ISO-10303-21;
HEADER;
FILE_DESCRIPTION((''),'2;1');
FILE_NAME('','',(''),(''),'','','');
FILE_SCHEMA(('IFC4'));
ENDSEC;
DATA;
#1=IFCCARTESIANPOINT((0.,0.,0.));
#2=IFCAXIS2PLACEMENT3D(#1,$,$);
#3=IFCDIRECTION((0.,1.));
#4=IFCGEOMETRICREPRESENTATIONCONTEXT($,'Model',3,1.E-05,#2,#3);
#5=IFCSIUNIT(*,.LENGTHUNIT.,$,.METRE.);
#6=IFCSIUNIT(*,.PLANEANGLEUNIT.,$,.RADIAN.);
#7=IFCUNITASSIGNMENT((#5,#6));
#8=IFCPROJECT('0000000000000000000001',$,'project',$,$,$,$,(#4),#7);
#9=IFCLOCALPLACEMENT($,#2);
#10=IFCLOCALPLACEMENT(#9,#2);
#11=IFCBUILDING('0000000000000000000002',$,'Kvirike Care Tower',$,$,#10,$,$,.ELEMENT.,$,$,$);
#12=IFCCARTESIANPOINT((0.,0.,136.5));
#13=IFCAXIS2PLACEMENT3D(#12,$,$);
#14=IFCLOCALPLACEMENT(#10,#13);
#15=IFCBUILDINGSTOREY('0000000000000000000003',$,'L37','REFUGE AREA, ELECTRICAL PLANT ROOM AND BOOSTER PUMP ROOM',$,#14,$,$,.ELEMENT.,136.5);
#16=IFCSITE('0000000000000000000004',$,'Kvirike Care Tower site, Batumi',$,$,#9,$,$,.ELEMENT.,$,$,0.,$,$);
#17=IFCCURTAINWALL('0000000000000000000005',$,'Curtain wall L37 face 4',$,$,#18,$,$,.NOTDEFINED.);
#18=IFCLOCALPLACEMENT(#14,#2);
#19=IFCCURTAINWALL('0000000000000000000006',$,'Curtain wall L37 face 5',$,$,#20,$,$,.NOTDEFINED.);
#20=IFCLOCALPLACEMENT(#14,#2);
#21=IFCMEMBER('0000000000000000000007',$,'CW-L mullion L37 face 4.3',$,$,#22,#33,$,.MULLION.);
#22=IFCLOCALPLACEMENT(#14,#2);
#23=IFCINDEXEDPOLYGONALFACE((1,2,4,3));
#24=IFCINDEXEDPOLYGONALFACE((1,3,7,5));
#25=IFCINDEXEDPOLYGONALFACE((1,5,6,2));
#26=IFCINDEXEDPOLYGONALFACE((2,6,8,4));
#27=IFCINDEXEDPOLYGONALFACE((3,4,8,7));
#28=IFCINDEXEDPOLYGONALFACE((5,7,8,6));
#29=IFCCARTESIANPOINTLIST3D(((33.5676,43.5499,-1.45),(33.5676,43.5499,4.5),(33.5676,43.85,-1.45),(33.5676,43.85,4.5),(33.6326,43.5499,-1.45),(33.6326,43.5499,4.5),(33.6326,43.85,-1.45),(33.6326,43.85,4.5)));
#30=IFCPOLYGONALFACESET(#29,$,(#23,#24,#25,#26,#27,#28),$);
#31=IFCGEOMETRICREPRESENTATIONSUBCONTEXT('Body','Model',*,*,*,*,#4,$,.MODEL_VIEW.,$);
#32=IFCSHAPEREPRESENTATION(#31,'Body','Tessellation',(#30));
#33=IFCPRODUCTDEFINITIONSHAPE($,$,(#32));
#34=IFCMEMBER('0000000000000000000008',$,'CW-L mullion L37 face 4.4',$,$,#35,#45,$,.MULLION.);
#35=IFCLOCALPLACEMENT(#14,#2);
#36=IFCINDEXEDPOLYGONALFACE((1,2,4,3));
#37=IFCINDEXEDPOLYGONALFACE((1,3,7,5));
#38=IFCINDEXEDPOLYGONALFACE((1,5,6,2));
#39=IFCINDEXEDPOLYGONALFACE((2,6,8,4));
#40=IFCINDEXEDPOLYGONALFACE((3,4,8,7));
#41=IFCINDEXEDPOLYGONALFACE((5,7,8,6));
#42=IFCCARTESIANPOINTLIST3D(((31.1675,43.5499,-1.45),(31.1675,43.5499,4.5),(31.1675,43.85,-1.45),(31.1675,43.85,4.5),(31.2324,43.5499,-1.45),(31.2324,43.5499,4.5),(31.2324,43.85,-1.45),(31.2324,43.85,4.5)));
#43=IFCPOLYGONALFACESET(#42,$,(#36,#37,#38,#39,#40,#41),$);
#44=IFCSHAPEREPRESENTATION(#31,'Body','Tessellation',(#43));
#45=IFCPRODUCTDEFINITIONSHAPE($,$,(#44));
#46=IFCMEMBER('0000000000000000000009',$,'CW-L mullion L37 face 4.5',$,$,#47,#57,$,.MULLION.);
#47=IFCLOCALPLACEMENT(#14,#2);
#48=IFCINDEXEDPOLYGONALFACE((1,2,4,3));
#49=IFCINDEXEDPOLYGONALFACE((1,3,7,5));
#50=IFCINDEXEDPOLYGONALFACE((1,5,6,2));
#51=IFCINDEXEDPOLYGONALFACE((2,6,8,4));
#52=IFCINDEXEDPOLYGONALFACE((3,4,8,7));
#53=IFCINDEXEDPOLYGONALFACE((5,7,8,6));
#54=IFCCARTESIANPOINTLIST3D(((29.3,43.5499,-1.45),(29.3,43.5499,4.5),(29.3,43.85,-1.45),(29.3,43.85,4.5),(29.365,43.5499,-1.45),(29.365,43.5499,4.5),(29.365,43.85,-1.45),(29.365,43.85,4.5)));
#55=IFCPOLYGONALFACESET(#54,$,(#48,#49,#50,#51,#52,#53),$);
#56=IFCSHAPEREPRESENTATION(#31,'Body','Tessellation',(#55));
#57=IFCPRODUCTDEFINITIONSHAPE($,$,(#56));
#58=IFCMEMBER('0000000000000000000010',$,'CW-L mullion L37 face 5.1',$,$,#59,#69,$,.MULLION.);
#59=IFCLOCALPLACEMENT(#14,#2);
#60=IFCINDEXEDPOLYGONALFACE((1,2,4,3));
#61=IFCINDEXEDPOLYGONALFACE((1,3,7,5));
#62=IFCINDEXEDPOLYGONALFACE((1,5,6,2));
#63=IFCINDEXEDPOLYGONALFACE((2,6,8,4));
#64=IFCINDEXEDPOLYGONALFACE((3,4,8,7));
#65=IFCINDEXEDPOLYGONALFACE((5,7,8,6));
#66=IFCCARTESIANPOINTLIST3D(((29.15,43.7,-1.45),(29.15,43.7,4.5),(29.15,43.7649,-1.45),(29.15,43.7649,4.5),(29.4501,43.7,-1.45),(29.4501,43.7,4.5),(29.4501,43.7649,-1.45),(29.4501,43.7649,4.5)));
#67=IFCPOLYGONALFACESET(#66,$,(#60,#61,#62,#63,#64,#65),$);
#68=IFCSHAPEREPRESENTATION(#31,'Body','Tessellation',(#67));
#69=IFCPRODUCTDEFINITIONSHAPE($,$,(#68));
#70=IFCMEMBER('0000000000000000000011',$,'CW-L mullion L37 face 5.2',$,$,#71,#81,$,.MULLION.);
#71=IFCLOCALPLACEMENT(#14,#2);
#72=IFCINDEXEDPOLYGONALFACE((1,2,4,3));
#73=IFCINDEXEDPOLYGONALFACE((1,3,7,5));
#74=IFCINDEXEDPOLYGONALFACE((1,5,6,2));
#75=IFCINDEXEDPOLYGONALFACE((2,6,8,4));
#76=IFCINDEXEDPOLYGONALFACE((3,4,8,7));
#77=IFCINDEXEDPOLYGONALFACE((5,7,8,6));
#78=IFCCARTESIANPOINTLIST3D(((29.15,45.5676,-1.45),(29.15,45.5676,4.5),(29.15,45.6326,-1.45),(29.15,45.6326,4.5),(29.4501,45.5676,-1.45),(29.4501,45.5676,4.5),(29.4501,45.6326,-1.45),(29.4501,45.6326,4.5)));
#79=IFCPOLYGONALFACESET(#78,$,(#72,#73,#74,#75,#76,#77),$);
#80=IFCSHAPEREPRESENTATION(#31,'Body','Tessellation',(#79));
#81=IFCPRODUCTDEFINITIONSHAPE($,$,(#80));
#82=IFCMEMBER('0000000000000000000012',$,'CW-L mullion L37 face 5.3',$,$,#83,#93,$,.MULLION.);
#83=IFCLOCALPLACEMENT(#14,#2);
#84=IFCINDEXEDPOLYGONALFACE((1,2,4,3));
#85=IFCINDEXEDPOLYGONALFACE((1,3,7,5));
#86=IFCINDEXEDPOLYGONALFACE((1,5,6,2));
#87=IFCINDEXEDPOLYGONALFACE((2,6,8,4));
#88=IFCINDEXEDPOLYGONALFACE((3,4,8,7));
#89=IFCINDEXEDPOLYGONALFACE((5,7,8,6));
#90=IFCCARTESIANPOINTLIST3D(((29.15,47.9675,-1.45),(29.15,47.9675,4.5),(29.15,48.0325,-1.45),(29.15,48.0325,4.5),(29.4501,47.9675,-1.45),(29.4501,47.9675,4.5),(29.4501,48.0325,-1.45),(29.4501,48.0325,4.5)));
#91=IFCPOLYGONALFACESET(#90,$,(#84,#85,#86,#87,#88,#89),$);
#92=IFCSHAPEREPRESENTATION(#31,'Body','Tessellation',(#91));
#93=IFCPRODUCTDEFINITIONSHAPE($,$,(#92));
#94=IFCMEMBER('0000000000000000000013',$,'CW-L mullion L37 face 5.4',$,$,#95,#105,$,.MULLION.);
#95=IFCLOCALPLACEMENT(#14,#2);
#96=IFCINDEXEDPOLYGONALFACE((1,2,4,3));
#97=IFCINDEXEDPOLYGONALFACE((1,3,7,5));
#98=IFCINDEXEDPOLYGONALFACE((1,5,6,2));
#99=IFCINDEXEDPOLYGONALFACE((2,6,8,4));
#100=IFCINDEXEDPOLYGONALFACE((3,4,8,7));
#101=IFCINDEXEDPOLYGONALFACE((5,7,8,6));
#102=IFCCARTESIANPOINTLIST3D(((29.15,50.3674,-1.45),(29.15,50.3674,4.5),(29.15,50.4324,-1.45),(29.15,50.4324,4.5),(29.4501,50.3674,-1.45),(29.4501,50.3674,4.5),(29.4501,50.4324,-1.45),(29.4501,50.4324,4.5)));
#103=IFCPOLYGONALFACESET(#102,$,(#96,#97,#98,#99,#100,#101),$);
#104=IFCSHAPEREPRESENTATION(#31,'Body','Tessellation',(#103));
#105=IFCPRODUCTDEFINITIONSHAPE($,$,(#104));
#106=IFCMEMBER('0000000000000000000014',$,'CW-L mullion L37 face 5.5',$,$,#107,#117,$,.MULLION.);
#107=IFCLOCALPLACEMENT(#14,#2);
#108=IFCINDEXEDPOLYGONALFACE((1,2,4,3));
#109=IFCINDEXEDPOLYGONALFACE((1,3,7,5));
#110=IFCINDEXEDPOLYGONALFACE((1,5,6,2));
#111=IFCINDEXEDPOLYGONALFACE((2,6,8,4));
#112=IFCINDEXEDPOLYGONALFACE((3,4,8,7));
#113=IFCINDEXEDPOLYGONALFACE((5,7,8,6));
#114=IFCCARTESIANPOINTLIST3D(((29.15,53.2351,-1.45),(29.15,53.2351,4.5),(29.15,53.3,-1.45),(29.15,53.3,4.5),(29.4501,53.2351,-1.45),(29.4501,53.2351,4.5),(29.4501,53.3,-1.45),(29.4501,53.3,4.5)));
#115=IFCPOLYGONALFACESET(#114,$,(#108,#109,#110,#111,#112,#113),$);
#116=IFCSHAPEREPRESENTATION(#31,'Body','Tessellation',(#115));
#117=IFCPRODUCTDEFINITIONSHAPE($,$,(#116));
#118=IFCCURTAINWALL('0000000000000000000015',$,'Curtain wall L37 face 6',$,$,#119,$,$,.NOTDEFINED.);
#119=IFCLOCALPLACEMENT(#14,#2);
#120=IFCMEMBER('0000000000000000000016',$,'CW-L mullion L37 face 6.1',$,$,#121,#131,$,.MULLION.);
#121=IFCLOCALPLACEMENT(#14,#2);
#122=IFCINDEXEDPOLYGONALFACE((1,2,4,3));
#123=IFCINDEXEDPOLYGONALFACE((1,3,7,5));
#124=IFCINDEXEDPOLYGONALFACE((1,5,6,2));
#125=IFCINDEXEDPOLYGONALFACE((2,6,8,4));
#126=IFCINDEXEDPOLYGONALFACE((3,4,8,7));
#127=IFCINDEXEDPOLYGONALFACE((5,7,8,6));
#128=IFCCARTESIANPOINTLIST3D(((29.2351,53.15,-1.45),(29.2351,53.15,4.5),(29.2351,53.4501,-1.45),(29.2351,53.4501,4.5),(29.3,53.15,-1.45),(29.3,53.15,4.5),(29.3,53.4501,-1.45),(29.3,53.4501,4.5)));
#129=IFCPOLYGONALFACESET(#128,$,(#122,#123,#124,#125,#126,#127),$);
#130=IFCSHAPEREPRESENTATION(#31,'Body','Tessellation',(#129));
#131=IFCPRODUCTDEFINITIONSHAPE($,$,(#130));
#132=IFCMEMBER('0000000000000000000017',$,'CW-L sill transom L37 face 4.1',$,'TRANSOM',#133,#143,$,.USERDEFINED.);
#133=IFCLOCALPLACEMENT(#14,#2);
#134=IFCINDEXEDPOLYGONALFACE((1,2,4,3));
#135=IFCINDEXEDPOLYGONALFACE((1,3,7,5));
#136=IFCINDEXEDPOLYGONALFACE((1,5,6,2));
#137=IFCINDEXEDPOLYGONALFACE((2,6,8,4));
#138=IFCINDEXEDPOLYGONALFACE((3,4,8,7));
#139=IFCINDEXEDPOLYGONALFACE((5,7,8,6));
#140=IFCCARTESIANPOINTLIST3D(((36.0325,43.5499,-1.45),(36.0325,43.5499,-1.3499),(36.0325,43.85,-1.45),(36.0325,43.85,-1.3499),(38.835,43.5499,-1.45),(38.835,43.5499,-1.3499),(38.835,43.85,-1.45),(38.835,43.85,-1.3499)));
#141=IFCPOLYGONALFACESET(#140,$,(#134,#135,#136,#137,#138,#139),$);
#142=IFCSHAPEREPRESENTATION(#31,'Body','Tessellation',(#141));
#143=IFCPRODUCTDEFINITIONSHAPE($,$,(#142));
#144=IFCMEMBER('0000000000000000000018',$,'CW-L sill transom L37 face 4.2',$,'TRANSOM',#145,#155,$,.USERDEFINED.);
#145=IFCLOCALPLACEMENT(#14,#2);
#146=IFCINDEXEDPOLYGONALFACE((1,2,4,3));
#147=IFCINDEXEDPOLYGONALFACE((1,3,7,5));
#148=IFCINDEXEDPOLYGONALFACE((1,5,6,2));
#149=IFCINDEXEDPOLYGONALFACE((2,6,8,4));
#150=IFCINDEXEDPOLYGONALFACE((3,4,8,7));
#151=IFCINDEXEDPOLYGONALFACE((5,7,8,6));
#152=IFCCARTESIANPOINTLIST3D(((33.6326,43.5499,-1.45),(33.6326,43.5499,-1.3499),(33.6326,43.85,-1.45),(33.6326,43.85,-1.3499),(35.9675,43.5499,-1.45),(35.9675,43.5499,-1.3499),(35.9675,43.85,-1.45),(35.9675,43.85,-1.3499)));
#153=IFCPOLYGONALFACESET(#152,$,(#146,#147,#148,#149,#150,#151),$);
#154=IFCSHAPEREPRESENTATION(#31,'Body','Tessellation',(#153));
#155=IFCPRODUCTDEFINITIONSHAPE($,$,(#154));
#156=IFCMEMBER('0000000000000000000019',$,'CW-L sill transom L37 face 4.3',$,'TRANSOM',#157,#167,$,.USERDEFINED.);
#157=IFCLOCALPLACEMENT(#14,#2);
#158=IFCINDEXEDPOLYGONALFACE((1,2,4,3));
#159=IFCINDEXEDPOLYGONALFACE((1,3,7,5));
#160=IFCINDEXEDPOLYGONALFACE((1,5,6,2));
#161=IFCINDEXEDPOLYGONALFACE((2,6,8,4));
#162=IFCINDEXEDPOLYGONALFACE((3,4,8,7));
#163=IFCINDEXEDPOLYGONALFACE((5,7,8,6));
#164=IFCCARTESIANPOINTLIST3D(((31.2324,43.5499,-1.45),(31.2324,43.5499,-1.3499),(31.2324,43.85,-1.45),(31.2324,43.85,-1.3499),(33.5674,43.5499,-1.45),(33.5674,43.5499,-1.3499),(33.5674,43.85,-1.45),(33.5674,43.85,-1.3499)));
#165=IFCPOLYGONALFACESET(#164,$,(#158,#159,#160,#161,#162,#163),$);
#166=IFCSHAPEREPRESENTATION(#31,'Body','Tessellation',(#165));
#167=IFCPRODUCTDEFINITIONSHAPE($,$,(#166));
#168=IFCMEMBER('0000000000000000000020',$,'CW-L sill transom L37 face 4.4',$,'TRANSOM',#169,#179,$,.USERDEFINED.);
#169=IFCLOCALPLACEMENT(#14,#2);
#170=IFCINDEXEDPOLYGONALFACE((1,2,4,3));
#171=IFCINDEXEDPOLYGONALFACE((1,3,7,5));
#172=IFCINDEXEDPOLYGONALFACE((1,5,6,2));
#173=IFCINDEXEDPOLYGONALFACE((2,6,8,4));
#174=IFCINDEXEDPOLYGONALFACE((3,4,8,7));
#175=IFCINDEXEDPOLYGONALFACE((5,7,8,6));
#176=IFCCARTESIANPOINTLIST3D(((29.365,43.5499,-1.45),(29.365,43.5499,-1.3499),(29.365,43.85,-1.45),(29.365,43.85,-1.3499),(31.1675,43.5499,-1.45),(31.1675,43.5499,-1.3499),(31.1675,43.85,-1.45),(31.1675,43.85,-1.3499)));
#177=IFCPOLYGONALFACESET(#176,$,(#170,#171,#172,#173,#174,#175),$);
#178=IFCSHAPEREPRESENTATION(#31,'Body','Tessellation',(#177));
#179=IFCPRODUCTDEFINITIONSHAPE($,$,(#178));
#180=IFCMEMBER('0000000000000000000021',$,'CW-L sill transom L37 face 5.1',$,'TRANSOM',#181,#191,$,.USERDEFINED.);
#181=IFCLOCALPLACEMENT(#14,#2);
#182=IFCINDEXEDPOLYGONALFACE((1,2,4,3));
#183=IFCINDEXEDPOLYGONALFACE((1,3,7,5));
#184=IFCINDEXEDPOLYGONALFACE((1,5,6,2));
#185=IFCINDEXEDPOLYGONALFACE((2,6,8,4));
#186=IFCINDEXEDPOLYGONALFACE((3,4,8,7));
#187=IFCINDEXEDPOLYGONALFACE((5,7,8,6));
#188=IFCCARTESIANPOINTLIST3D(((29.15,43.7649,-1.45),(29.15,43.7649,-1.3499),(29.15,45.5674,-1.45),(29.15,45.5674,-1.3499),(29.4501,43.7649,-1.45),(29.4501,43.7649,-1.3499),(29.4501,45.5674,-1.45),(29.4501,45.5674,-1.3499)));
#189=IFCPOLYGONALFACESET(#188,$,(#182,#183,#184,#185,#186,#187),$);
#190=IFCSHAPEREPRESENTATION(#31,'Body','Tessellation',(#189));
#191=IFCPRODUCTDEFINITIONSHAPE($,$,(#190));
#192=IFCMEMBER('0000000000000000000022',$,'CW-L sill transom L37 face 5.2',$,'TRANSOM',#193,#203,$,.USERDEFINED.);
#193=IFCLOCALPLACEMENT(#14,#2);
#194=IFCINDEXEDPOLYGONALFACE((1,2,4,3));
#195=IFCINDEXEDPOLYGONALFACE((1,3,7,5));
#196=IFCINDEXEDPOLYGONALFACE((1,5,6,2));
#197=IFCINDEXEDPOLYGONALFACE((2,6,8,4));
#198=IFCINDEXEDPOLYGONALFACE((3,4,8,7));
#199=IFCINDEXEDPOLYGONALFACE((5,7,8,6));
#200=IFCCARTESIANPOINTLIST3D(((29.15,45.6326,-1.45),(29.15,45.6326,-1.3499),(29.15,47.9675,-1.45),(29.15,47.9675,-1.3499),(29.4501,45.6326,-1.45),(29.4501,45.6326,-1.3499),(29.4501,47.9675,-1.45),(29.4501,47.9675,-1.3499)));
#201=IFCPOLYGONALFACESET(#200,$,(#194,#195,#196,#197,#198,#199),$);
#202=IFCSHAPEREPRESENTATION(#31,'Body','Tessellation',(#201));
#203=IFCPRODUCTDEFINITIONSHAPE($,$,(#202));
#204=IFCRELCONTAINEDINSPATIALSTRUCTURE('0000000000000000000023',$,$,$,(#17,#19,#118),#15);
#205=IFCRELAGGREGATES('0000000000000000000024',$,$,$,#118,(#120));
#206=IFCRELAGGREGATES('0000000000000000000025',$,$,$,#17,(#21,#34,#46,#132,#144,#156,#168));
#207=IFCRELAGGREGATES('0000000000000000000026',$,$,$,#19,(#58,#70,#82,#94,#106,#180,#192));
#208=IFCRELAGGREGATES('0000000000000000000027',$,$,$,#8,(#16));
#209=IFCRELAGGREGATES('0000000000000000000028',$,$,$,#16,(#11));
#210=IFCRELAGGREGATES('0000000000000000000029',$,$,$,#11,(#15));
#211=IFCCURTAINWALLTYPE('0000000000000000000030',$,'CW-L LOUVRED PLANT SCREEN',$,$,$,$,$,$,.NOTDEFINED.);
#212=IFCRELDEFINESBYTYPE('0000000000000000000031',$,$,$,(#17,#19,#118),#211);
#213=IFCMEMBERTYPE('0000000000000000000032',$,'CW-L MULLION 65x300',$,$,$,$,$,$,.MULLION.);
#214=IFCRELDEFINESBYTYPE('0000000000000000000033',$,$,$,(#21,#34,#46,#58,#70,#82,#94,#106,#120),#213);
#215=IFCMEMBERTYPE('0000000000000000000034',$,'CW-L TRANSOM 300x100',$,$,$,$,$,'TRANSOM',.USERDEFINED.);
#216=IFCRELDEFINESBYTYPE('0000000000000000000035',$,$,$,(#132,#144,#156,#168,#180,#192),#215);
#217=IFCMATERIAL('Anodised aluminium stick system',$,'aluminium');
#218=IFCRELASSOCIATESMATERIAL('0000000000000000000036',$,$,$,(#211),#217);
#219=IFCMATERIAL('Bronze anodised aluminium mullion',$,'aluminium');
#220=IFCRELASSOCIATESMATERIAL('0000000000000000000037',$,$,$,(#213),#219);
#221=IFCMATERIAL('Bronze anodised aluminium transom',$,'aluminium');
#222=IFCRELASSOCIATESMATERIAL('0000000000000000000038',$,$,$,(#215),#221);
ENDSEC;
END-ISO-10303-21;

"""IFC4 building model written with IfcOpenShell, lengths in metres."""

from ifc_helpers import new_model, si_unit, direction, frame, origin, origin_2d, place, context, subcontext, project, spatial, rectangle, extrude, material, material_profile, profile_set, type_object, element, aggregate, save


model = new_model("IFC4")

# Units and contexts
model_context = context("Model", 3, precision=1e-05, world=origin(), true_north=direction((0.0, 1.0)))
body_context = subcontext(model_context, "Body", "Model", "MODEL_VIEW")
ifc_project = project(units=[si_unit("LENGTHUNIT", "METRE"), si_unit("PLANEANGLEUNIT", "RADIAN")], contexts=[model_context])

# Site, building, storey
site_placement = place(None, origin())
site = spatial("IfcSite", under=ifc_project, at=site_placement, Name="Kvirike Care Tower site, Batumi", CompositionType="ELEMENT", RefElevation=0.0)
building_placement = place(site_placement, origin())
building = spatial("IfcBuilding", under=site, at=building_placement, Name="Kvirike Care Tower", CompositionType="ELEMENT")
storey_placement = place(building_placement, frame((0.0, 0.0, 136.5)))
storey = spatial("IfcBuildingStorey", under=building, at=storey_placement, Name="L37", Description="REFUGE AREA, ELECTRICAL PLANT ROOM AND BOOSTER PUMP ROOM", CompositionType="ELEMENT", Elevation=136.5)

# Curtain walls
ifc_material_1 = material(Name="Anodised aluminium stick system", Category="aluminium")
curtain_wall_type = type_object("IfcCurtainWallType", Name="CW-L LOUVRED PLANT SCREEN", PredefinedType="NOTDEFINED", material=ifc_material_1)
curtain_wall_1_placement = place(storey_placement, origin())
curtain_wall_1 = element("IfcCurtainWall", 1, at=curtain_wall_1_placement, inside=storey, type_object=curtain_wall_type, Name="Curtain wall L37 face 4", PredefinedType="NOTDEFINED")
curtain_wall_2_placement = place(storey_placement, origin())
curtain_wall_2 = element("IfcCurtainWall", 2, at=curtain_wall_2_placement, inside=storey, type_object=curtain_wall_type, Name="Curtain wall L37 face 5", PredefinedType="NOTDEFINED")
ifc_material_2 = material(Name="Bronze anodised aluminium mullion", Category="aluminium")
ifc_material_profile_1 = material_profile(ifc_material_2, rectangle(XDim=0.0649, YDim=0.3, at=origin_2d()), Name="CW-L MULLION 65x300")
ifc_profile_set_1 = profile_set([ifc_material_profile_1], Name="Bronze anodised aluminium mullion")
member_type_1 = type_object("IfcMemberType", Name="CW-L MULLION 65x300", PredefinedType="MULLION", material=ifc_profile_set_1)

# Members
member_1_placement = place(storey_placement, frame((33.6001, 43.7, -1.45), z_axis=(0.0, 0.0, 1.0), x_axis=(-1.0, 0.0, 0.0)))
member_1 = element("IfcMember", 3, at=member_1_placement, type_object=member_type_1, Name="CW-L mullion L37 face 4.3", PredefinedType="MULLION", context=body_context, shape_type="SweptSolid", body=[
    extrude(rectangle(XDim=0.0649, YDim=0.3, at=origin_2d()), origin(), (0.0, 0.0, 1.0), 5.95),
])
member_2_placement = place(storey_placement, frame((31.2, 43.7, -1.45), z_axis=(0.0, 0.0, 1.0), x_axis=(-1.0, 0.0, 0.0)))
member_2 = element("IfcMember", 4, at=member_2_placement, type_object=member_type_1, Name="CW-L mullion L37 face 4.4", PredefinedType="MULLION", context=body_context, shape_type="SweptSolid", body=[
    extrude(rectangle(XDim=0.0649, YDim=0.3, at=origin_2d()), origin(), (0.0, 0.0, 1.0), 5.95),
])
member_3_placement = place(storey_placement, frame((29.3325, 43.7, -1.45), z_axis=(0.0, 0.0, 1.0), x_axis=(-1.0, 0.0, 0.0)))
member_3 = element("IfcMember", 5, at=member_3_placement, type_object=member_type_1, Name="CW-L mullion L37 face 4.5", PredefinedType="MULLION", context=body_context, shape_type="SweptSolid", body=[
    extrude(rectangle(XDim=0.0649, YDim=0.3, at=origin_2d()), origin(), (0.0, 0.0, 1.0), 5.95),
])
member_4_placement = place(storey_placement, frame((29.3, 43.7324, -1.45), z_axis=(0.0, 0.0, 1.0), x_axis=(0.0, 1.0, 0.0)))
member_4 = element("IfcMember", 6, at=member_4_placement, type_object=member_type_1, Name="CW-L mullion L37 face 5.1", PredefinedType="MULLION", context=body_context, shape_type="SweptSolid", body=[
    extrude(rectangle(XDim=0.0649, YDim=0.3, at=origin_2d()), origin(), (0.0, 0.0, 1.0), 5.95),
])
member_5_placement = place(storey_placement, frame((29.3, 45.6001, -1.45), z_axis=(0.0, 0.0, 1.0), x_axis=(0.0, 1.0, 0.0)))
member_5 = element("IfcMember", 7, at=member_5_placement, type_object=member_type_1, Name="CW-L mullion L37 face 5.2", PredefinedType="MULLION", context=body_context, shape_type="SweptSolid", body=[
    extrude(rectangle(XDim=0.0649, YDim=0.3, at=origin_2d()), origin(), (0.0, 0.0, 1.0), 5.95),
])
member_6_placement = place(storey_placement, frame((29.3, 48.0, -1.45), z_axis=(0.0, 0.0, 1.0), x_axis=(0.0, 1.0, 0.0)))
member_6 = element("IfcMember", 8, at=member_6_placement, type_object=member_type_1, Name="CW-L mullion L37 face 5.3", PredefinedType="MULLION", context=body_context, shape_type="SweptSolid", body=[
    extrude(rectangle(XDim=0.0649, YDim=0.3, at=origin_2d()), origin(), (0.0, 0.0, 1.0), 5.95),
])
member_7_placement = place(storey_placement, frame((29.3, 50.3999, -1.45), z_axis=(0.0, 0.0, 1.0), x_axis=(0.0, 1.0, 0.0)))
member_7 = element("IfcMember", 9, at=member_7_placement, type_object=member_type_1, Name="CW-L mullion L37 face 5.4", PredefinedType="MULLION", context=body_context, shape_type="SweptSolid", body=[
    extrude(rectangle(XDim=0.0649, YDim=0.3, at=origin_2d()), origin(), (0.0, 0.0, 1.0), 5.95),
])
member_8_placement = place(storey_placement, frame((29.3, 53.2676, -1.45), z_axis=(0.0, 0.0, 1.0), x_axis=(0.0, 1.0, 0.0)))
member_8 = element("IfcMember", 10, at=member_8_placement, type_object=member_type_1, Name="CW-L mullion L37 face 5.5", PredefinedType="MULLION", context=body_context, shape_type="SweptSolid", body=[
    extrude(rectangle(XDim=0.0649, YDim=0.3, at=origin_2d()), origin(), (0.0, 0.0, 1.0), 5.95),
])

# Curtain wall, member
curtain_wall_3_placement = place(storey_placement, origin())
curtain_wall_3 = element("IfcCurtainWall", 11, at=curtain_wall_3_placement, inside=storey, type_object=curtain_wall_type, Name="Curtain wall L37 face 6", PredefinedType="NOTDEFINED")
member_9_placement = place(storey_placement, frame((29.2676, 53.3, -1.45), z_axis=(0.0, 0.0, 1.0), x_axis=(-1.0, 0.0, 0.0)))
member_9 = element("IfcMember", 12, at=member_9_placement, type_object=member_type_1, Name="CW-L mullion L37 face 6.1", PredefinedType="MULLION", context=body_context, shape_type="SweptSolid", body=[
    extrude(rectangle(XDim=0.0649, YDim=0.3, at=origin_2d()), origin(), (0.0, 0.0, 1.0), 5.95),
])

# Members
ifc_material_3 = material(Name="Bronze anodised aluminium transom", Category="aluminium")
ifc_material_profile_2 = material_profile(ifc_material_3, rectangle(XDim=0.3, YDim=0.1001, at=origin_2d()), Name="CW-L TRANSOM 300x100")
ifc_profile_set_2 = profile_set([ifc_material_profile_2], Name="Bronze anodised aluminium transom")
member_type_2 = type_object("IfcMemberType", Name="CW-L TRANSOM 300x100", ElementType="TRANSOM", PredefinedType="USERDEFINED", material=ifc_profile_set_2)
member_10_placement = place(storey_placement, frame((38.835, 43.7, -1.3999), z_axis=(-1.0, 0.0, 0.0), x_axis=(0.0, -1.0, 0.0)))
member_10 = element("IfcMember", 13, at=member_10_placement, type_object=member_type_2, Name="CW-L sill transom L37 face 4.1", ObjectType="TRANSOM", PredefinedType="USERDEFINED", context=body_context, shape_type="SweptSolid", body=[
    extrude(rectangle(XDim=0.3, YDim=0.1001, at=origin_2d()), origin(), (0.0, 0.0, 1.0), 2.8025),
])
member_11_placement = place(storey_placement, frame((35.9675, 43.7, -1.3999), z_axis=(-1.0, 0.0, 0.0), x_axis=(0.0, -1.0, 0.0)))
member_11 = element("IfcMember", 14, at=member_11_placement, type_object=member_type_2, Name="CW-L sill transom L37 face 4.2", ObjectType="TRANSOM", PredefinedType="USERDEFINED", context=body_context, shape_type="SweptSolid", body=[
    extrude(rectangle(XDim=0.3, YDim=0.1001, at=origin_2d()), origin(), (0.0, 0.0, 1.0), 2.335),
])
member_12_placement = place(storey_placement, frame((33.5674, 43.7, -1.3999), z_axis=(-1.0, 0.0, 0.0), x_axis=(0.0, -1.0, 0.0)))
member_12 = element("IfcMember", 15, at=member_12_placement, type_object=member_type_2, Name="CW-L sill transom L37 face 4.3", ObjectType="TRANSOM", PredefinedType="USERDEFINED", context=body_context, shape_type="SweptSolid", body=[
    extrude(rectangle(XDim=0.3, YDim=0.1001, at=origin_2d()), origin(), (0.0, 0.0, 1.0), 2.335),
])
member_13_placement = place(storey_placement, frame((31.1675, 43.7, -1.3999), z_axis=(-1.0, 0.0, 0.0), x_axis=(0.0, -1.0, 0.0)))
member_13 = element("IfcMember", 16, at=member_13_placement, type_object=member_type_2, Name="CW-L sill transom L37 face 4.4", ObjectType="TRANSOM", PredefinedType="USERDEFINED", context=body_context, shape_type="SweptSolid", body=[
    extrude(rectangle(XDim=0.3, YDim=0.1001, at=origin_2d()), origin(), (0.0, 0.0, 1.0), 1.8025),
])
member_14_placement = place(storey_placement, frame((29.3, 43.7649, -1.3999), z_axis=(0.0, 1.0, 0.0), x_axis=(-1.0, 0.0, 0.0)))
member_14 = element("IfcMember", 17, at=member_14_placement, type_object=member_type_2, Name="CW-L sill transom L37 face 5.1", ObjectType="TRANSOM", PredefinedType="USERDEFINED", context=body_context, shape_type="SweptSolid", body=[
    extrude(rectangle(XDim=0.3, YDim=0.1001, at=origin_2d()), origin(), (0.0, 0.0, 1.0), 1.8025),
])
member_15_placement = place(storey_placement, frame((29.3, 45.6326, -1.3999), z_axis=(0.0, 1.0, 0.0), x_axis=(-1.0, 0.0, 0.0)))
member_15 = element("IfcMember", 18, at=member_15_placement, type_object=member_type_2, Name="CW-L sill transom L37 face 5.2", ObjectType="TRANSOM", PredefinedType="USERDEFINED", context=body_context, shape_type="SweptSolid", body=[
    extrude(rectangle(XDim=0.3, YDim=0.1001, at=origin_2d()), origin(), (0.0, 0.0, 1.0), 2.335),
])
aggregate(curtain_wall_3, [member_9])

aggregate(curtain_wall_1, [member_1, member_2, member_3, member_10, member_11, member_12, member_13])
aggregate(curtain_wall_2, [member_4, member_5, member_6, member_7, member_8, member_14, member_15])

save(model, "model.ifc")
